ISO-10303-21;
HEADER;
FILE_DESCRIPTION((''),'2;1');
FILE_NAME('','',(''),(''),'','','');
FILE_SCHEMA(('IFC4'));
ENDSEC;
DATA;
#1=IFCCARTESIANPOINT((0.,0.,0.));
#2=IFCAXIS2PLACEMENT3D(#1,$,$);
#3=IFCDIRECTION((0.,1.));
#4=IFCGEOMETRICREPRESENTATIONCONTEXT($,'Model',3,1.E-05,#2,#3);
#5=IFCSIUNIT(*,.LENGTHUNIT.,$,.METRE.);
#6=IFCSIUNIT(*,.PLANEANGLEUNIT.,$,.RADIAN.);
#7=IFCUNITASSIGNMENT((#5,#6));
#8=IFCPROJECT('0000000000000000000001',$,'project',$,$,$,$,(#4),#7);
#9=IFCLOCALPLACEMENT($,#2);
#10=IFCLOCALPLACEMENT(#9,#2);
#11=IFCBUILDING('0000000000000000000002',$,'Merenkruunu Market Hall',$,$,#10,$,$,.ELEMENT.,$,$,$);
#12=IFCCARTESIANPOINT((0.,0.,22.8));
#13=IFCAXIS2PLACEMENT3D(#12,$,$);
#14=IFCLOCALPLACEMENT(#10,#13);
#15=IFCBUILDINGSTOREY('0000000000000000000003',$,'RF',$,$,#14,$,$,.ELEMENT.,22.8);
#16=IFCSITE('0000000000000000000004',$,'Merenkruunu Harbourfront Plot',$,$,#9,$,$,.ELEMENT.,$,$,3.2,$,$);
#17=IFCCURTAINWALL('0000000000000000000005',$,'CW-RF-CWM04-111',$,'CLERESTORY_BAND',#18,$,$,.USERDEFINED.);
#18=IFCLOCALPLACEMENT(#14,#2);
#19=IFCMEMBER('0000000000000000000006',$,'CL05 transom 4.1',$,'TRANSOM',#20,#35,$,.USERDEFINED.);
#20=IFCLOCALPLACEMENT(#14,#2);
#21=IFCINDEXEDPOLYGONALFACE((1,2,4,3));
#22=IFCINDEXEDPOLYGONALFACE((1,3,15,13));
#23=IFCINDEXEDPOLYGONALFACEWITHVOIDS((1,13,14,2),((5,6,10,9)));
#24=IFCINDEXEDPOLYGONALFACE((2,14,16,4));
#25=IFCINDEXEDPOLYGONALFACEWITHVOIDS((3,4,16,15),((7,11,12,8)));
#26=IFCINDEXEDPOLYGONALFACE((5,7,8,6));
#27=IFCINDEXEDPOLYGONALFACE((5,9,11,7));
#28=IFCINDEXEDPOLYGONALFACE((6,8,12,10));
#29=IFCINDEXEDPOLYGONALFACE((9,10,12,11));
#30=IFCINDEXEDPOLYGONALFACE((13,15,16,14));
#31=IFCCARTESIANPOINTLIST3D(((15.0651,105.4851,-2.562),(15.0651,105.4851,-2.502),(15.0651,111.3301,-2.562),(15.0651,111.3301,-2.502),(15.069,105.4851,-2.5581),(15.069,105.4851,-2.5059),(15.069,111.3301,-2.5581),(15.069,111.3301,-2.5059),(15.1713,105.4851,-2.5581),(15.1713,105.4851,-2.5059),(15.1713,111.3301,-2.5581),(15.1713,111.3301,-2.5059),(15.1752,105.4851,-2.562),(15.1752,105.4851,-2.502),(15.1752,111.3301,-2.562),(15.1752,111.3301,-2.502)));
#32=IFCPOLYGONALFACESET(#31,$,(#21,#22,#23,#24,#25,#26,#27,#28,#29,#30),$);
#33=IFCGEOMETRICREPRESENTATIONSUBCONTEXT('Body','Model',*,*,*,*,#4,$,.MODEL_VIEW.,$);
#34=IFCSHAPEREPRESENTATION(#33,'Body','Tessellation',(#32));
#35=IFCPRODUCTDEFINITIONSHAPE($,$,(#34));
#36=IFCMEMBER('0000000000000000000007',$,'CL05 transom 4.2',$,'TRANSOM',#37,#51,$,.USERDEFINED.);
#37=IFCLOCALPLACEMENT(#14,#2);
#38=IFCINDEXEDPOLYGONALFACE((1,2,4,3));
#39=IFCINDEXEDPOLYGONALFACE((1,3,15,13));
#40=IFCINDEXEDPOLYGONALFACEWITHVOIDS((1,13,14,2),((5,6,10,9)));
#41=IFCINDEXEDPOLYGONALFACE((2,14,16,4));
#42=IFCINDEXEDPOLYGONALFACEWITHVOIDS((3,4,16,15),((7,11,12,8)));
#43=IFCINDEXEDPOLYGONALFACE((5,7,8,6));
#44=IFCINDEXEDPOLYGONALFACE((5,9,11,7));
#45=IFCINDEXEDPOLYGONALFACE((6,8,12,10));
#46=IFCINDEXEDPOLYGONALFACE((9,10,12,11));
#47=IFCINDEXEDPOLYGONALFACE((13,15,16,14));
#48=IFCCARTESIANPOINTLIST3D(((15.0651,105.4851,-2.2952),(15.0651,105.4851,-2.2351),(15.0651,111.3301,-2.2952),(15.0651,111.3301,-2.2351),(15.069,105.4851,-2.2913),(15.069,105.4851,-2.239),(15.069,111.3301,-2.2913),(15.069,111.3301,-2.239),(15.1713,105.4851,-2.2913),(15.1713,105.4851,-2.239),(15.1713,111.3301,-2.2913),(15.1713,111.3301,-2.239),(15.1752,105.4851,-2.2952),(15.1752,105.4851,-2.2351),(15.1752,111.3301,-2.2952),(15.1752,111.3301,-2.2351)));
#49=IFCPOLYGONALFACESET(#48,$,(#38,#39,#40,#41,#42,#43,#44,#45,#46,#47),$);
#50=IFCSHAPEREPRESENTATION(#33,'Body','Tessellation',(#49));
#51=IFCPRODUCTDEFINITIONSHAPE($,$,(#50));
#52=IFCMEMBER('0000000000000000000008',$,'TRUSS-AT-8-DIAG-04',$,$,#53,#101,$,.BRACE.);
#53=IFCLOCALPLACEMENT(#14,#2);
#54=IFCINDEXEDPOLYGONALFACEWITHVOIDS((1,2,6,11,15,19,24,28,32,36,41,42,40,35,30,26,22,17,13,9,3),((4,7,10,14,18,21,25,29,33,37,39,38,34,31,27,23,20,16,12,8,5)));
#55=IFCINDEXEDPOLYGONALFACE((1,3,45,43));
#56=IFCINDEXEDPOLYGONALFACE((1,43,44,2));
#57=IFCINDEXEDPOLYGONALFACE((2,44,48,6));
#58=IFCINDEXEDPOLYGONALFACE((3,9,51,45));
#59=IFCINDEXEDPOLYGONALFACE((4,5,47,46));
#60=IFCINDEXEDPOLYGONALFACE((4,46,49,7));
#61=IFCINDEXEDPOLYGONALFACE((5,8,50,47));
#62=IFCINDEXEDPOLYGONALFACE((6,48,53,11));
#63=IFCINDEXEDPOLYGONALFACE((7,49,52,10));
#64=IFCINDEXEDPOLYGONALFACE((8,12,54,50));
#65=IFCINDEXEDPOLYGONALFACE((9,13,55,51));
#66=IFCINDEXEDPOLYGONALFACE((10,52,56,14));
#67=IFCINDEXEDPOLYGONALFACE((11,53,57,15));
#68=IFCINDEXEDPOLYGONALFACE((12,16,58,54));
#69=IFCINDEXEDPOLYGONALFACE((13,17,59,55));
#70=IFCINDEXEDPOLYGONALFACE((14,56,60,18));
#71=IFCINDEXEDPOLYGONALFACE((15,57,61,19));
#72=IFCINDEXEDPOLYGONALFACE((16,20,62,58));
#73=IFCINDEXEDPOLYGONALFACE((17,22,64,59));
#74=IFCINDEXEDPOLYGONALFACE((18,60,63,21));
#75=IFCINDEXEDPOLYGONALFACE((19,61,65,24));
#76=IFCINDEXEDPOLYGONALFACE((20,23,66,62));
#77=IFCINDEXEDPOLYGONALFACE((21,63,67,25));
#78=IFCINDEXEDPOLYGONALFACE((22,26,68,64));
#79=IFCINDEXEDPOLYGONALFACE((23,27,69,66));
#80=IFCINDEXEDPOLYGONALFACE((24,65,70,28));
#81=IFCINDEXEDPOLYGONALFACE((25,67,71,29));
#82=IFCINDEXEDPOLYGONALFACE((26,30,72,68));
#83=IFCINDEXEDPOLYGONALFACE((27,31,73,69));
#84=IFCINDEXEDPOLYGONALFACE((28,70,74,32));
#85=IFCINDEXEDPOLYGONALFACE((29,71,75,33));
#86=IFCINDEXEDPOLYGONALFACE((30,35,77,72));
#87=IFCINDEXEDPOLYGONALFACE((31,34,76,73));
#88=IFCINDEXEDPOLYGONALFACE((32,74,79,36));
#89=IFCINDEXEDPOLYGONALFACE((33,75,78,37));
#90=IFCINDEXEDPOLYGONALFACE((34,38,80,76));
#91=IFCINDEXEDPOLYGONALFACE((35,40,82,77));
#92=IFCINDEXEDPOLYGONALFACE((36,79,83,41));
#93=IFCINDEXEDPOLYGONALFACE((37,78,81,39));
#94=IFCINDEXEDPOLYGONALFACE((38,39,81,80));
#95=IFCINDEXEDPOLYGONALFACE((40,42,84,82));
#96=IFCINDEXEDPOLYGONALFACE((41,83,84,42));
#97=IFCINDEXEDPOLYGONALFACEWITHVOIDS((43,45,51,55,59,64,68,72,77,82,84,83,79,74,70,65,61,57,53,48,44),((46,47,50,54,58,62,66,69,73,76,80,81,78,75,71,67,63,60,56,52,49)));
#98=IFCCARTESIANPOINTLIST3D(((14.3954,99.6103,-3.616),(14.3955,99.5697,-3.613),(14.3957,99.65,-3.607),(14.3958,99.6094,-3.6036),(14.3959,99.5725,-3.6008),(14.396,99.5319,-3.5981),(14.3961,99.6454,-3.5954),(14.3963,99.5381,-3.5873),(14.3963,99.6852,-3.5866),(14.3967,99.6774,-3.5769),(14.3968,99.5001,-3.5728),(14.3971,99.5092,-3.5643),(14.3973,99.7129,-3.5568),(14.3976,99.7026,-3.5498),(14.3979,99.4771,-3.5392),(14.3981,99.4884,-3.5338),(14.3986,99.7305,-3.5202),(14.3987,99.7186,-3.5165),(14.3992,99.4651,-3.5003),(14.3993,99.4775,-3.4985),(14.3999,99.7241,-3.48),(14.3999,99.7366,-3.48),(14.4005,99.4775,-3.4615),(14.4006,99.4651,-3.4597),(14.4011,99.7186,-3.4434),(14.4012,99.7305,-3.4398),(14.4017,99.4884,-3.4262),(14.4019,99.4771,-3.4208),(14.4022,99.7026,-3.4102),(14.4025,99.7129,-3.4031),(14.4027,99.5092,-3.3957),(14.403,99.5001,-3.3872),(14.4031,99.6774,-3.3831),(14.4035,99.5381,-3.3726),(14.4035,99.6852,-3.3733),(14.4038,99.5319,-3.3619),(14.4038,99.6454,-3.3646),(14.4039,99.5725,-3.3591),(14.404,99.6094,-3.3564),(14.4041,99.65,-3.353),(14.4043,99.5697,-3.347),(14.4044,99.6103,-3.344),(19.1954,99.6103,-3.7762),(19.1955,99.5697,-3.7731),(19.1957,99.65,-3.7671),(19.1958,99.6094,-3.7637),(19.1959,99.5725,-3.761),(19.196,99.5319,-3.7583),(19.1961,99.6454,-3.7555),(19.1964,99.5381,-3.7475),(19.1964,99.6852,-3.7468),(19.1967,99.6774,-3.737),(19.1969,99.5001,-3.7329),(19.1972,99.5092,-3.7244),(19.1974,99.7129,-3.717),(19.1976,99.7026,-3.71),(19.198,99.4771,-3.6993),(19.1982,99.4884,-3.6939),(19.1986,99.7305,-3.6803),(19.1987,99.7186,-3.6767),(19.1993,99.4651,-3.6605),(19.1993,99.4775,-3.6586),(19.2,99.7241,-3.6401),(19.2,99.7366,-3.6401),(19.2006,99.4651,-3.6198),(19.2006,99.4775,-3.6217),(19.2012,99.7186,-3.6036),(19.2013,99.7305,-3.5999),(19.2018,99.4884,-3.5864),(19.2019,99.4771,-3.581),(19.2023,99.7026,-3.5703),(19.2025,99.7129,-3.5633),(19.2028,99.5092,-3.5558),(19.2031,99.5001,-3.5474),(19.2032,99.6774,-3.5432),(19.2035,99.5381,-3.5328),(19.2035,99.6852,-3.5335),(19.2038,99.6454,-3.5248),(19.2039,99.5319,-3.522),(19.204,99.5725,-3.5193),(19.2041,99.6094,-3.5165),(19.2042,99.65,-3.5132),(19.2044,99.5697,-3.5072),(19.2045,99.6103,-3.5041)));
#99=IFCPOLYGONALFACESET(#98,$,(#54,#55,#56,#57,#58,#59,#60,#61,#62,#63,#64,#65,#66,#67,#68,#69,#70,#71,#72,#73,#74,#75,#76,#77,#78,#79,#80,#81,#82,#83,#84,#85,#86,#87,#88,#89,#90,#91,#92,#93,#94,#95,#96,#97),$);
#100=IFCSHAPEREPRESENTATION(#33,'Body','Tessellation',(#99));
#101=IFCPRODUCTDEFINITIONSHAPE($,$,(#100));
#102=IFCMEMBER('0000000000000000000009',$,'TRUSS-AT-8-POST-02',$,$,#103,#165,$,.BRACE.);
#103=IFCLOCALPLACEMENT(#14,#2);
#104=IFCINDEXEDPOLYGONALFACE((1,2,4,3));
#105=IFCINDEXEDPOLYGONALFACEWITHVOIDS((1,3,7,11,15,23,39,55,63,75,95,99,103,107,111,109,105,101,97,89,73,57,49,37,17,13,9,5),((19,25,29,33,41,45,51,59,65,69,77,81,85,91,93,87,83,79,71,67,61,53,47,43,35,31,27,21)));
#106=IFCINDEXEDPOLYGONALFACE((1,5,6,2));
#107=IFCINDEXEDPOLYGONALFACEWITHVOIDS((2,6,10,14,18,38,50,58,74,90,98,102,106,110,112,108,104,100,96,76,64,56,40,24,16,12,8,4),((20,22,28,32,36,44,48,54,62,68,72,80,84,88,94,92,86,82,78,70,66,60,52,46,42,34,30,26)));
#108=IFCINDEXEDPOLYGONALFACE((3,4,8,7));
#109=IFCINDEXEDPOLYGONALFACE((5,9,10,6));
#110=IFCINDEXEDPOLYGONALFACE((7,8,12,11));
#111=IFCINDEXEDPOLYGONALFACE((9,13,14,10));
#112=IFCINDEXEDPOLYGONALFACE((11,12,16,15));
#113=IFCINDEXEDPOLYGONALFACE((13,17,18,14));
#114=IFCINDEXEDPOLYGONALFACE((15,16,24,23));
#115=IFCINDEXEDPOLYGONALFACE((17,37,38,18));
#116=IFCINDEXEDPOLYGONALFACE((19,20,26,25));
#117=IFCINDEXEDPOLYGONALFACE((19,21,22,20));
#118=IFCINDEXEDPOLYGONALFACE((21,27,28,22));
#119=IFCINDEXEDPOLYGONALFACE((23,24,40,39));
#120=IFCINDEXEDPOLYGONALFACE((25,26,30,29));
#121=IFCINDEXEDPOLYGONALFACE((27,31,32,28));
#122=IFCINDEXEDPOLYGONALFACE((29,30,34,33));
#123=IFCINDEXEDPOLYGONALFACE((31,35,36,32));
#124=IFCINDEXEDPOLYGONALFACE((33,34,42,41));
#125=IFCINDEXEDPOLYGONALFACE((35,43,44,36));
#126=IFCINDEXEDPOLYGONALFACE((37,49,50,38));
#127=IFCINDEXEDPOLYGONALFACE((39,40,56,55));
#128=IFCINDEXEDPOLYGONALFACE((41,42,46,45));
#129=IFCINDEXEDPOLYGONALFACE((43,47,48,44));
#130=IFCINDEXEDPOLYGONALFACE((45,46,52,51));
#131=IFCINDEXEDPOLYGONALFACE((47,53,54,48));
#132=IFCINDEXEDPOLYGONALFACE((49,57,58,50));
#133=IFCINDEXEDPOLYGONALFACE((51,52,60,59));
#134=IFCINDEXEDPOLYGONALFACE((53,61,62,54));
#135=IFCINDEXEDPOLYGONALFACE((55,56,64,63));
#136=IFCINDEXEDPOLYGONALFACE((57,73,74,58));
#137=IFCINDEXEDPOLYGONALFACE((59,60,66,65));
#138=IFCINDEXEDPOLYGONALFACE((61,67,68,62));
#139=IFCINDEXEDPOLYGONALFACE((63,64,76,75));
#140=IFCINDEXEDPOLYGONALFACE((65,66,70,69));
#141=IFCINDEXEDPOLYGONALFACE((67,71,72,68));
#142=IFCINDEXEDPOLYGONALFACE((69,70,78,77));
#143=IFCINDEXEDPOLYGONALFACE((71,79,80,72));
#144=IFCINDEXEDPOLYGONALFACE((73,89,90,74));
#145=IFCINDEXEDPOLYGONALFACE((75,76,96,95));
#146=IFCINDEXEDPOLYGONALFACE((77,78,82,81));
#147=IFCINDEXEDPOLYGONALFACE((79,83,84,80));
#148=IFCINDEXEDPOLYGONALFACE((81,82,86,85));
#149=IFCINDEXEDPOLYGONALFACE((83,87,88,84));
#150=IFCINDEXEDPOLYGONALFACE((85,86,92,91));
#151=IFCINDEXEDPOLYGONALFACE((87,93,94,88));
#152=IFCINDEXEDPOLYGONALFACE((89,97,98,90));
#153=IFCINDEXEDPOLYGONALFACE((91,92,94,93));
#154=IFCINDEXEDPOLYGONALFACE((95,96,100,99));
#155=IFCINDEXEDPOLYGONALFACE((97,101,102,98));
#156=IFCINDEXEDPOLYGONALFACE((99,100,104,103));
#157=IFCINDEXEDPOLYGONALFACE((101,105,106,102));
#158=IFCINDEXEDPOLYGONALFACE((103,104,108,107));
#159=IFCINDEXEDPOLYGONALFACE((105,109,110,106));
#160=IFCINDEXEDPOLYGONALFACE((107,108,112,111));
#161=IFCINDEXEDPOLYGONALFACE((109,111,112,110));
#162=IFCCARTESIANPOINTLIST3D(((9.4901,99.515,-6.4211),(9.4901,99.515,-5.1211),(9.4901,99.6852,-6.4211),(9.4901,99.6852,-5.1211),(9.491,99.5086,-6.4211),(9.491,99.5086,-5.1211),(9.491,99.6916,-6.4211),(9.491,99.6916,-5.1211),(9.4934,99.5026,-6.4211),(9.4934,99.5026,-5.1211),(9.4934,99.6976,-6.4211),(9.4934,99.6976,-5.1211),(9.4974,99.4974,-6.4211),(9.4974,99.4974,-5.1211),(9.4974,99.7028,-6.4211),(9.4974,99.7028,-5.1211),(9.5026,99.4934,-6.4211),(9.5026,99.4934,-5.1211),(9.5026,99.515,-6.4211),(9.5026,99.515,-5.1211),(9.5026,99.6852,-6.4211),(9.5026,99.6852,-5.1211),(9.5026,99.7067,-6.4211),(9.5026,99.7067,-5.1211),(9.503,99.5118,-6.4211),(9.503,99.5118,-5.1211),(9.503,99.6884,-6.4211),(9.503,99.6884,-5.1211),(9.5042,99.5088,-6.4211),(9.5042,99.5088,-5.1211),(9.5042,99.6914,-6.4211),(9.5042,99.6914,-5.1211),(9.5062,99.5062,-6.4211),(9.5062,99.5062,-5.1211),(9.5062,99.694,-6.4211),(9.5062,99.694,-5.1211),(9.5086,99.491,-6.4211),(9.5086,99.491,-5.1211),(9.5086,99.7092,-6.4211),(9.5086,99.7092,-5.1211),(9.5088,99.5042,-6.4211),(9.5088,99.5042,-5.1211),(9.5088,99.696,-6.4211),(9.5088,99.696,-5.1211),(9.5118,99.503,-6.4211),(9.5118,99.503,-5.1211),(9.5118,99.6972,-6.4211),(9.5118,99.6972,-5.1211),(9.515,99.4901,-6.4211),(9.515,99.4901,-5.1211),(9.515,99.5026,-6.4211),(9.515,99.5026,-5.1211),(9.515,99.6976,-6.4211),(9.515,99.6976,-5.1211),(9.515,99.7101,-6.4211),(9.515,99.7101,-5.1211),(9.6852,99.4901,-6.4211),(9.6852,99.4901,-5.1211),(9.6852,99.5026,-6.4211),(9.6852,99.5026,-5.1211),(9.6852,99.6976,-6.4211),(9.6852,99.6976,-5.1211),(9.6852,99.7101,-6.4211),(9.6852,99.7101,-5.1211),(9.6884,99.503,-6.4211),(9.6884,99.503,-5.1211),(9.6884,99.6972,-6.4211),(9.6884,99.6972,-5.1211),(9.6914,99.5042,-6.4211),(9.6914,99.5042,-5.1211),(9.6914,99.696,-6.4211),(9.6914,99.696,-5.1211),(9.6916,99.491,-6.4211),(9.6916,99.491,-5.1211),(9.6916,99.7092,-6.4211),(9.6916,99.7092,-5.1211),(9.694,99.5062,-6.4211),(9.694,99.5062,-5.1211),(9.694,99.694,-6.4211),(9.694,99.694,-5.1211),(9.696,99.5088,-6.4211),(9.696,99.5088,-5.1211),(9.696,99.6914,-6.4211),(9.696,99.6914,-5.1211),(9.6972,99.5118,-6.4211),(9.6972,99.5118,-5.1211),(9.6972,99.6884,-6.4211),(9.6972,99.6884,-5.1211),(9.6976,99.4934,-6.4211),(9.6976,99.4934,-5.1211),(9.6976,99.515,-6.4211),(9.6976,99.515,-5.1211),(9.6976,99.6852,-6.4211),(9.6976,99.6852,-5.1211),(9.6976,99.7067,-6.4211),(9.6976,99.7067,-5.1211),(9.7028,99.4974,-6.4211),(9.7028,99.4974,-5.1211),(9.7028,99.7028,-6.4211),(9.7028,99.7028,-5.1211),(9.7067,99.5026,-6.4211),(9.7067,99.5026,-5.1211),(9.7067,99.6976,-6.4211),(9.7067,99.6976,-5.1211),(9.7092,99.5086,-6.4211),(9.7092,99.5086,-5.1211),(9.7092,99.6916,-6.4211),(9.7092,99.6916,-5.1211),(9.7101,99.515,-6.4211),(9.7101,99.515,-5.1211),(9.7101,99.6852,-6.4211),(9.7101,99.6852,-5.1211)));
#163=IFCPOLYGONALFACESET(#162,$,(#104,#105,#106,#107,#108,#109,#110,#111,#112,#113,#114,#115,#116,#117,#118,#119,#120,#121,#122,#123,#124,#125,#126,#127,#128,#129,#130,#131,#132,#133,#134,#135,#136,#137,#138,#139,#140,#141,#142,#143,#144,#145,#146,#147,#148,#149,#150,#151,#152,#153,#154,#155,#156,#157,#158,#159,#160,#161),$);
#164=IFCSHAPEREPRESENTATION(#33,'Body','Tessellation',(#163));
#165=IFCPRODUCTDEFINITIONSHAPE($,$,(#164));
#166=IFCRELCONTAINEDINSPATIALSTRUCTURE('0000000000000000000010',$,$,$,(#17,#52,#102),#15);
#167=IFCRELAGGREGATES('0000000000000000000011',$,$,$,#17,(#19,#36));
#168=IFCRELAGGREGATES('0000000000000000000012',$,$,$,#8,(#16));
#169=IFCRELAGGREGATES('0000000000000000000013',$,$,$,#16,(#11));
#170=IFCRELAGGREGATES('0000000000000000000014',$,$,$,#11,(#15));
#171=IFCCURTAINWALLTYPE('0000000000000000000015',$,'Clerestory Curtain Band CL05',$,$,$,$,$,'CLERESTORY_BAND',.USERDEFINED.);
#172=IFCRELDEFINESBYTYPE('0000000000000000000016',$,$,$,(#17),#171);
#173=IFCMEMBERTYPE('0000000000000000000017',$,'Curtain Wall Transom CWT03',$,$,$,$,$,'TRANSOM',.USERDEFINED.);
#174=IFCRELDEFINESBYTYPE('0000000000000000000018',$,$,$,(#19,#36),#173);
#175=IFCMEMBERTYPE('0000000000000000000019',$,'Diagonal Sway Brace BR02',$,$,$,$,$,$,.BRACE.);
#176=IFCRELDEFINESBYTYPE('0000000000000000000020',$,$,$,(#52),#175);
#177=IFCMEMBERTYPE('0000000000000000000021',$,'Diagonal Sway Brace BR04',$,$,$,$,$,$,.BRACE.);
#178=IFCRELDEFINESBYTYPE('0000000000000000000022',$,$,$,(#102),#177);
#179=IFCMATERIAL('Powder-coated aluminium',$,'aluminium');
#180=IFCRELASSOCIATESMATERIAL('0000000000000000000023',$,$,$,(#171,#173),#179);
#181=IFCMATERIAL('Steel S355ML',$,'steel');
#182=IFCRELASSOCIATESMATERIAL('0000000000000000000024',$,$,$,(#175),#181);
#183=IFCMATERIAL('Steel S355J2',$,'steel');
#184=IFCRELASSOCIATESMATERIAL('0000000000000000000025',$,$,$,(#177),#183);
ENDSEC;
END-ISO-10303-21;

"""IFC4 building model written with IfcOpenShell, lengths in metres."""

from ifc_helpers import new_model, si_unit, direction, frame, origin, origin_2d, place, context, subcontext, project, spatial, hollow_rectangle, hollow_circle, extrude, material, material_profile, profile_set, type_object, element, aggregate, save


model = new_model("IFC4")

# Units and contexts
model_context = context("Model", 3, precision=1e-05, world=origin(), true_north=direction((0.0, 1.0)))
body_context = subcontext(model_context, "Body", "Model", "MODEL_VIEW")
ifc_project = project(units=[si_unit("LENGTHUNIT", "METRE"), si_unit("PLANEANGLEUNIT", "RADIAN")], contexts=[model_context])

# Site, building, storey
site_placement = place(None, origin())
site = spatial("IfcSite", under=ifc_project, at=site_placement, Name="Merenkruunu Harbourfront Plot", CompositionType="ELEMENT", RefElevation=3.2)
building_placement = place(site_placement, origin())
building = spatial("IfcBuilding", under=site, at=building_placement, Name="Merenkruunu Market Hall", CompositionType="ELEMENT")
storey_placement = place(building_placement, frame((0.0, 0.0, 22.8)))
storey = spatial("IfcBuildingStorey", under=building, at=storey_placement, Name="RF", CompositionType="ELEMENT", Elevation=22.8)

# Shared definitions
ifc_material_1 = material(Name="Steel S355ML", Category="steel")

# Curtain wall
ifc_material_2 = material(Name="Powder-coated aluminium", Category="aluminium")
curtain_wall_type = type_object("IfcCurtainWallType", Name="Clerestory Curtain Band CL05", ElementType="CLERESTORY_BAND", PredefinedType="USERDEFINED", material=ifc_material_2)
curtain_wall_1_placement = place(storey_placement, origin())
curtain_wall_1 = element("IfcCurtainWall", 1, at=curtain_wall_1_placement, inside=storey, type_object=curtain_wall_type, Name="CW-RF-CWM04-111", ObjectType="CLERESTORY_BAND", PredefinedType="USERDEFINED")

# Members
ifc_material_profile_1 = material_profile(ifc_material_2, hollow_rectangle(XDim=0.0601, YDim=0.1101, WallThickness=0.0039, at=origin_2d()), Name="ALU 60x110x4")
ifc_profile_set_1 = profile_set([ifc_material_profile_1], Name="Powder-coated aluminium")
member_type_1 = type_object("IfcMemberType", Name="Curtain Wall Transom CWT03", ElementType="TRANSOM", PredefinedType="USERDEFINED", material=ifc_profile_set_1)
member_1_placement = place(storey_placement, frame((15.1201, 105.4851, -2.532), z_axis=(0.0, 1.0, 0.0), x_axis=(0.0, 0.0, 1.0)))
member_1 = element("IfcMember", 2, at=member_1_placement, type_object=member_type_1, Name="CL05 transom 4.1", ObjectType="TRANSOM", PredefinedType="USERDEFINED", context=body_context, shape_type="SweptSolid", body=[
    extrude(hollow_rectangle(XDim=0.0601, YDim=0.1101, WallThickness=0.0039, at=origin_2d()), origin(), (0.0, 0.0, 1.0), 5.845),
])
member_2_placement = place(storey_placement, frame((15.1201, 105.4851, -2.2651), z_axis=(0.0, 1.0, 0.0), x_axis=(0.0, 0.0, 1.0)))
member_2 = element("IfcMember", 3, at=member_2_placement, type_object=member_type_1, Name="CL05 transom 4.2", ObjectType="TRANSOM", PredefinedType="USERDEFINED", context=body_context, shape_type="SweptSolid", body=[
    extrude(hollow_rectangle(XDim=0.0601, YDim=0.1101, WallThickness=0.0039, at=origin_2d()), origin(), (0.0, 0.0, 1.0), 5.845),
])

# Members
ifc_material_profile_2 = material_profile(ifc_material_1, hollow_circle(Radius=0.1365, WallThickness=0.0125, at=origin_2d()), Name="CHS 273x12.5")
ifc_profile_set_2 = profile_set([ifc_material_profile_2], Name="Steel S355ML")
member_type_2 = type_object("IfcMemberType", Name="Diagonal Sway Brace BR02", PredefinedType="BRACE", material=ifc_profile_set_2)
member_3_placement = place(storey_placement, frame((14.3999, 99.6001, -3.48), z_axis=(0.999444, 0.0, -0.033347), x_axis=(0.0, 1.0, 0.0)))
element("IfcMember", 4, at=member_3_placement, inside=storey, type_object=member_type_2, Name="TRUSS-AT-8-DIAG-04", PredefinedType="BRACE", context=body_context, shape_type="SweptSolid", body=[
    extrude(hollow_circle(Radius=0.1365, WallThickness=0.0125, at=origin_2d()), origin(), (0.0, 0.0, 1.0), 4.8027),
])
ifc_material_3 = material(Name="Steel S355J2", Category="steel")
ifc_material_profile_3 = material_profile(ifc_material_3, hollow_rectangle(XDim=0.22, YDim=0.22, WallThickness=0.0125, InnerFilletRadius=0.0125, OuterFilletRadius=0.0249, at=origin_2d()), Name="SHS 220x220x12.5")
ifc_profile_set_3 = profile_set([ifc_material_profile_3], Name="Steel S355J2")
member_type_3 = type_object("IfcMemberType", Name="Diagonal Sway Brace BR04", PredefinedType="BRACE", material=ifc_profile_set_3)
for number, where, z_axis, x_axis, name in (
    (5, (9.6001, 99.6001, -6.4211), (0.0, 0.0, 1.0), (1.0, 0.0, 0.0), "TRUSS-AT-8-POST-02"),
):
    element("IfcMember", number, at=place(storey_placement, frame(where, z_axis=z_axis, x_axis=x_axis)), inside=storey, type_object=member_type_3, Name=name, PredefinedType="BRACE", context=body_context, shape_type="SweptSolid", body=[
        extrude(hollow_rectangle(XDim=0.22, YDim=0.22, WallThickness=0.0125, InnerFilletRadius=0.0125, OuterFilletRadius=0.0249, at=origin_2d()), origin(), (0.0, 0.0, 1.0), 1.3),
    ])

aggregate(curtain_wall_1, [member_1, member_2])

save(model, "model.ifc")
